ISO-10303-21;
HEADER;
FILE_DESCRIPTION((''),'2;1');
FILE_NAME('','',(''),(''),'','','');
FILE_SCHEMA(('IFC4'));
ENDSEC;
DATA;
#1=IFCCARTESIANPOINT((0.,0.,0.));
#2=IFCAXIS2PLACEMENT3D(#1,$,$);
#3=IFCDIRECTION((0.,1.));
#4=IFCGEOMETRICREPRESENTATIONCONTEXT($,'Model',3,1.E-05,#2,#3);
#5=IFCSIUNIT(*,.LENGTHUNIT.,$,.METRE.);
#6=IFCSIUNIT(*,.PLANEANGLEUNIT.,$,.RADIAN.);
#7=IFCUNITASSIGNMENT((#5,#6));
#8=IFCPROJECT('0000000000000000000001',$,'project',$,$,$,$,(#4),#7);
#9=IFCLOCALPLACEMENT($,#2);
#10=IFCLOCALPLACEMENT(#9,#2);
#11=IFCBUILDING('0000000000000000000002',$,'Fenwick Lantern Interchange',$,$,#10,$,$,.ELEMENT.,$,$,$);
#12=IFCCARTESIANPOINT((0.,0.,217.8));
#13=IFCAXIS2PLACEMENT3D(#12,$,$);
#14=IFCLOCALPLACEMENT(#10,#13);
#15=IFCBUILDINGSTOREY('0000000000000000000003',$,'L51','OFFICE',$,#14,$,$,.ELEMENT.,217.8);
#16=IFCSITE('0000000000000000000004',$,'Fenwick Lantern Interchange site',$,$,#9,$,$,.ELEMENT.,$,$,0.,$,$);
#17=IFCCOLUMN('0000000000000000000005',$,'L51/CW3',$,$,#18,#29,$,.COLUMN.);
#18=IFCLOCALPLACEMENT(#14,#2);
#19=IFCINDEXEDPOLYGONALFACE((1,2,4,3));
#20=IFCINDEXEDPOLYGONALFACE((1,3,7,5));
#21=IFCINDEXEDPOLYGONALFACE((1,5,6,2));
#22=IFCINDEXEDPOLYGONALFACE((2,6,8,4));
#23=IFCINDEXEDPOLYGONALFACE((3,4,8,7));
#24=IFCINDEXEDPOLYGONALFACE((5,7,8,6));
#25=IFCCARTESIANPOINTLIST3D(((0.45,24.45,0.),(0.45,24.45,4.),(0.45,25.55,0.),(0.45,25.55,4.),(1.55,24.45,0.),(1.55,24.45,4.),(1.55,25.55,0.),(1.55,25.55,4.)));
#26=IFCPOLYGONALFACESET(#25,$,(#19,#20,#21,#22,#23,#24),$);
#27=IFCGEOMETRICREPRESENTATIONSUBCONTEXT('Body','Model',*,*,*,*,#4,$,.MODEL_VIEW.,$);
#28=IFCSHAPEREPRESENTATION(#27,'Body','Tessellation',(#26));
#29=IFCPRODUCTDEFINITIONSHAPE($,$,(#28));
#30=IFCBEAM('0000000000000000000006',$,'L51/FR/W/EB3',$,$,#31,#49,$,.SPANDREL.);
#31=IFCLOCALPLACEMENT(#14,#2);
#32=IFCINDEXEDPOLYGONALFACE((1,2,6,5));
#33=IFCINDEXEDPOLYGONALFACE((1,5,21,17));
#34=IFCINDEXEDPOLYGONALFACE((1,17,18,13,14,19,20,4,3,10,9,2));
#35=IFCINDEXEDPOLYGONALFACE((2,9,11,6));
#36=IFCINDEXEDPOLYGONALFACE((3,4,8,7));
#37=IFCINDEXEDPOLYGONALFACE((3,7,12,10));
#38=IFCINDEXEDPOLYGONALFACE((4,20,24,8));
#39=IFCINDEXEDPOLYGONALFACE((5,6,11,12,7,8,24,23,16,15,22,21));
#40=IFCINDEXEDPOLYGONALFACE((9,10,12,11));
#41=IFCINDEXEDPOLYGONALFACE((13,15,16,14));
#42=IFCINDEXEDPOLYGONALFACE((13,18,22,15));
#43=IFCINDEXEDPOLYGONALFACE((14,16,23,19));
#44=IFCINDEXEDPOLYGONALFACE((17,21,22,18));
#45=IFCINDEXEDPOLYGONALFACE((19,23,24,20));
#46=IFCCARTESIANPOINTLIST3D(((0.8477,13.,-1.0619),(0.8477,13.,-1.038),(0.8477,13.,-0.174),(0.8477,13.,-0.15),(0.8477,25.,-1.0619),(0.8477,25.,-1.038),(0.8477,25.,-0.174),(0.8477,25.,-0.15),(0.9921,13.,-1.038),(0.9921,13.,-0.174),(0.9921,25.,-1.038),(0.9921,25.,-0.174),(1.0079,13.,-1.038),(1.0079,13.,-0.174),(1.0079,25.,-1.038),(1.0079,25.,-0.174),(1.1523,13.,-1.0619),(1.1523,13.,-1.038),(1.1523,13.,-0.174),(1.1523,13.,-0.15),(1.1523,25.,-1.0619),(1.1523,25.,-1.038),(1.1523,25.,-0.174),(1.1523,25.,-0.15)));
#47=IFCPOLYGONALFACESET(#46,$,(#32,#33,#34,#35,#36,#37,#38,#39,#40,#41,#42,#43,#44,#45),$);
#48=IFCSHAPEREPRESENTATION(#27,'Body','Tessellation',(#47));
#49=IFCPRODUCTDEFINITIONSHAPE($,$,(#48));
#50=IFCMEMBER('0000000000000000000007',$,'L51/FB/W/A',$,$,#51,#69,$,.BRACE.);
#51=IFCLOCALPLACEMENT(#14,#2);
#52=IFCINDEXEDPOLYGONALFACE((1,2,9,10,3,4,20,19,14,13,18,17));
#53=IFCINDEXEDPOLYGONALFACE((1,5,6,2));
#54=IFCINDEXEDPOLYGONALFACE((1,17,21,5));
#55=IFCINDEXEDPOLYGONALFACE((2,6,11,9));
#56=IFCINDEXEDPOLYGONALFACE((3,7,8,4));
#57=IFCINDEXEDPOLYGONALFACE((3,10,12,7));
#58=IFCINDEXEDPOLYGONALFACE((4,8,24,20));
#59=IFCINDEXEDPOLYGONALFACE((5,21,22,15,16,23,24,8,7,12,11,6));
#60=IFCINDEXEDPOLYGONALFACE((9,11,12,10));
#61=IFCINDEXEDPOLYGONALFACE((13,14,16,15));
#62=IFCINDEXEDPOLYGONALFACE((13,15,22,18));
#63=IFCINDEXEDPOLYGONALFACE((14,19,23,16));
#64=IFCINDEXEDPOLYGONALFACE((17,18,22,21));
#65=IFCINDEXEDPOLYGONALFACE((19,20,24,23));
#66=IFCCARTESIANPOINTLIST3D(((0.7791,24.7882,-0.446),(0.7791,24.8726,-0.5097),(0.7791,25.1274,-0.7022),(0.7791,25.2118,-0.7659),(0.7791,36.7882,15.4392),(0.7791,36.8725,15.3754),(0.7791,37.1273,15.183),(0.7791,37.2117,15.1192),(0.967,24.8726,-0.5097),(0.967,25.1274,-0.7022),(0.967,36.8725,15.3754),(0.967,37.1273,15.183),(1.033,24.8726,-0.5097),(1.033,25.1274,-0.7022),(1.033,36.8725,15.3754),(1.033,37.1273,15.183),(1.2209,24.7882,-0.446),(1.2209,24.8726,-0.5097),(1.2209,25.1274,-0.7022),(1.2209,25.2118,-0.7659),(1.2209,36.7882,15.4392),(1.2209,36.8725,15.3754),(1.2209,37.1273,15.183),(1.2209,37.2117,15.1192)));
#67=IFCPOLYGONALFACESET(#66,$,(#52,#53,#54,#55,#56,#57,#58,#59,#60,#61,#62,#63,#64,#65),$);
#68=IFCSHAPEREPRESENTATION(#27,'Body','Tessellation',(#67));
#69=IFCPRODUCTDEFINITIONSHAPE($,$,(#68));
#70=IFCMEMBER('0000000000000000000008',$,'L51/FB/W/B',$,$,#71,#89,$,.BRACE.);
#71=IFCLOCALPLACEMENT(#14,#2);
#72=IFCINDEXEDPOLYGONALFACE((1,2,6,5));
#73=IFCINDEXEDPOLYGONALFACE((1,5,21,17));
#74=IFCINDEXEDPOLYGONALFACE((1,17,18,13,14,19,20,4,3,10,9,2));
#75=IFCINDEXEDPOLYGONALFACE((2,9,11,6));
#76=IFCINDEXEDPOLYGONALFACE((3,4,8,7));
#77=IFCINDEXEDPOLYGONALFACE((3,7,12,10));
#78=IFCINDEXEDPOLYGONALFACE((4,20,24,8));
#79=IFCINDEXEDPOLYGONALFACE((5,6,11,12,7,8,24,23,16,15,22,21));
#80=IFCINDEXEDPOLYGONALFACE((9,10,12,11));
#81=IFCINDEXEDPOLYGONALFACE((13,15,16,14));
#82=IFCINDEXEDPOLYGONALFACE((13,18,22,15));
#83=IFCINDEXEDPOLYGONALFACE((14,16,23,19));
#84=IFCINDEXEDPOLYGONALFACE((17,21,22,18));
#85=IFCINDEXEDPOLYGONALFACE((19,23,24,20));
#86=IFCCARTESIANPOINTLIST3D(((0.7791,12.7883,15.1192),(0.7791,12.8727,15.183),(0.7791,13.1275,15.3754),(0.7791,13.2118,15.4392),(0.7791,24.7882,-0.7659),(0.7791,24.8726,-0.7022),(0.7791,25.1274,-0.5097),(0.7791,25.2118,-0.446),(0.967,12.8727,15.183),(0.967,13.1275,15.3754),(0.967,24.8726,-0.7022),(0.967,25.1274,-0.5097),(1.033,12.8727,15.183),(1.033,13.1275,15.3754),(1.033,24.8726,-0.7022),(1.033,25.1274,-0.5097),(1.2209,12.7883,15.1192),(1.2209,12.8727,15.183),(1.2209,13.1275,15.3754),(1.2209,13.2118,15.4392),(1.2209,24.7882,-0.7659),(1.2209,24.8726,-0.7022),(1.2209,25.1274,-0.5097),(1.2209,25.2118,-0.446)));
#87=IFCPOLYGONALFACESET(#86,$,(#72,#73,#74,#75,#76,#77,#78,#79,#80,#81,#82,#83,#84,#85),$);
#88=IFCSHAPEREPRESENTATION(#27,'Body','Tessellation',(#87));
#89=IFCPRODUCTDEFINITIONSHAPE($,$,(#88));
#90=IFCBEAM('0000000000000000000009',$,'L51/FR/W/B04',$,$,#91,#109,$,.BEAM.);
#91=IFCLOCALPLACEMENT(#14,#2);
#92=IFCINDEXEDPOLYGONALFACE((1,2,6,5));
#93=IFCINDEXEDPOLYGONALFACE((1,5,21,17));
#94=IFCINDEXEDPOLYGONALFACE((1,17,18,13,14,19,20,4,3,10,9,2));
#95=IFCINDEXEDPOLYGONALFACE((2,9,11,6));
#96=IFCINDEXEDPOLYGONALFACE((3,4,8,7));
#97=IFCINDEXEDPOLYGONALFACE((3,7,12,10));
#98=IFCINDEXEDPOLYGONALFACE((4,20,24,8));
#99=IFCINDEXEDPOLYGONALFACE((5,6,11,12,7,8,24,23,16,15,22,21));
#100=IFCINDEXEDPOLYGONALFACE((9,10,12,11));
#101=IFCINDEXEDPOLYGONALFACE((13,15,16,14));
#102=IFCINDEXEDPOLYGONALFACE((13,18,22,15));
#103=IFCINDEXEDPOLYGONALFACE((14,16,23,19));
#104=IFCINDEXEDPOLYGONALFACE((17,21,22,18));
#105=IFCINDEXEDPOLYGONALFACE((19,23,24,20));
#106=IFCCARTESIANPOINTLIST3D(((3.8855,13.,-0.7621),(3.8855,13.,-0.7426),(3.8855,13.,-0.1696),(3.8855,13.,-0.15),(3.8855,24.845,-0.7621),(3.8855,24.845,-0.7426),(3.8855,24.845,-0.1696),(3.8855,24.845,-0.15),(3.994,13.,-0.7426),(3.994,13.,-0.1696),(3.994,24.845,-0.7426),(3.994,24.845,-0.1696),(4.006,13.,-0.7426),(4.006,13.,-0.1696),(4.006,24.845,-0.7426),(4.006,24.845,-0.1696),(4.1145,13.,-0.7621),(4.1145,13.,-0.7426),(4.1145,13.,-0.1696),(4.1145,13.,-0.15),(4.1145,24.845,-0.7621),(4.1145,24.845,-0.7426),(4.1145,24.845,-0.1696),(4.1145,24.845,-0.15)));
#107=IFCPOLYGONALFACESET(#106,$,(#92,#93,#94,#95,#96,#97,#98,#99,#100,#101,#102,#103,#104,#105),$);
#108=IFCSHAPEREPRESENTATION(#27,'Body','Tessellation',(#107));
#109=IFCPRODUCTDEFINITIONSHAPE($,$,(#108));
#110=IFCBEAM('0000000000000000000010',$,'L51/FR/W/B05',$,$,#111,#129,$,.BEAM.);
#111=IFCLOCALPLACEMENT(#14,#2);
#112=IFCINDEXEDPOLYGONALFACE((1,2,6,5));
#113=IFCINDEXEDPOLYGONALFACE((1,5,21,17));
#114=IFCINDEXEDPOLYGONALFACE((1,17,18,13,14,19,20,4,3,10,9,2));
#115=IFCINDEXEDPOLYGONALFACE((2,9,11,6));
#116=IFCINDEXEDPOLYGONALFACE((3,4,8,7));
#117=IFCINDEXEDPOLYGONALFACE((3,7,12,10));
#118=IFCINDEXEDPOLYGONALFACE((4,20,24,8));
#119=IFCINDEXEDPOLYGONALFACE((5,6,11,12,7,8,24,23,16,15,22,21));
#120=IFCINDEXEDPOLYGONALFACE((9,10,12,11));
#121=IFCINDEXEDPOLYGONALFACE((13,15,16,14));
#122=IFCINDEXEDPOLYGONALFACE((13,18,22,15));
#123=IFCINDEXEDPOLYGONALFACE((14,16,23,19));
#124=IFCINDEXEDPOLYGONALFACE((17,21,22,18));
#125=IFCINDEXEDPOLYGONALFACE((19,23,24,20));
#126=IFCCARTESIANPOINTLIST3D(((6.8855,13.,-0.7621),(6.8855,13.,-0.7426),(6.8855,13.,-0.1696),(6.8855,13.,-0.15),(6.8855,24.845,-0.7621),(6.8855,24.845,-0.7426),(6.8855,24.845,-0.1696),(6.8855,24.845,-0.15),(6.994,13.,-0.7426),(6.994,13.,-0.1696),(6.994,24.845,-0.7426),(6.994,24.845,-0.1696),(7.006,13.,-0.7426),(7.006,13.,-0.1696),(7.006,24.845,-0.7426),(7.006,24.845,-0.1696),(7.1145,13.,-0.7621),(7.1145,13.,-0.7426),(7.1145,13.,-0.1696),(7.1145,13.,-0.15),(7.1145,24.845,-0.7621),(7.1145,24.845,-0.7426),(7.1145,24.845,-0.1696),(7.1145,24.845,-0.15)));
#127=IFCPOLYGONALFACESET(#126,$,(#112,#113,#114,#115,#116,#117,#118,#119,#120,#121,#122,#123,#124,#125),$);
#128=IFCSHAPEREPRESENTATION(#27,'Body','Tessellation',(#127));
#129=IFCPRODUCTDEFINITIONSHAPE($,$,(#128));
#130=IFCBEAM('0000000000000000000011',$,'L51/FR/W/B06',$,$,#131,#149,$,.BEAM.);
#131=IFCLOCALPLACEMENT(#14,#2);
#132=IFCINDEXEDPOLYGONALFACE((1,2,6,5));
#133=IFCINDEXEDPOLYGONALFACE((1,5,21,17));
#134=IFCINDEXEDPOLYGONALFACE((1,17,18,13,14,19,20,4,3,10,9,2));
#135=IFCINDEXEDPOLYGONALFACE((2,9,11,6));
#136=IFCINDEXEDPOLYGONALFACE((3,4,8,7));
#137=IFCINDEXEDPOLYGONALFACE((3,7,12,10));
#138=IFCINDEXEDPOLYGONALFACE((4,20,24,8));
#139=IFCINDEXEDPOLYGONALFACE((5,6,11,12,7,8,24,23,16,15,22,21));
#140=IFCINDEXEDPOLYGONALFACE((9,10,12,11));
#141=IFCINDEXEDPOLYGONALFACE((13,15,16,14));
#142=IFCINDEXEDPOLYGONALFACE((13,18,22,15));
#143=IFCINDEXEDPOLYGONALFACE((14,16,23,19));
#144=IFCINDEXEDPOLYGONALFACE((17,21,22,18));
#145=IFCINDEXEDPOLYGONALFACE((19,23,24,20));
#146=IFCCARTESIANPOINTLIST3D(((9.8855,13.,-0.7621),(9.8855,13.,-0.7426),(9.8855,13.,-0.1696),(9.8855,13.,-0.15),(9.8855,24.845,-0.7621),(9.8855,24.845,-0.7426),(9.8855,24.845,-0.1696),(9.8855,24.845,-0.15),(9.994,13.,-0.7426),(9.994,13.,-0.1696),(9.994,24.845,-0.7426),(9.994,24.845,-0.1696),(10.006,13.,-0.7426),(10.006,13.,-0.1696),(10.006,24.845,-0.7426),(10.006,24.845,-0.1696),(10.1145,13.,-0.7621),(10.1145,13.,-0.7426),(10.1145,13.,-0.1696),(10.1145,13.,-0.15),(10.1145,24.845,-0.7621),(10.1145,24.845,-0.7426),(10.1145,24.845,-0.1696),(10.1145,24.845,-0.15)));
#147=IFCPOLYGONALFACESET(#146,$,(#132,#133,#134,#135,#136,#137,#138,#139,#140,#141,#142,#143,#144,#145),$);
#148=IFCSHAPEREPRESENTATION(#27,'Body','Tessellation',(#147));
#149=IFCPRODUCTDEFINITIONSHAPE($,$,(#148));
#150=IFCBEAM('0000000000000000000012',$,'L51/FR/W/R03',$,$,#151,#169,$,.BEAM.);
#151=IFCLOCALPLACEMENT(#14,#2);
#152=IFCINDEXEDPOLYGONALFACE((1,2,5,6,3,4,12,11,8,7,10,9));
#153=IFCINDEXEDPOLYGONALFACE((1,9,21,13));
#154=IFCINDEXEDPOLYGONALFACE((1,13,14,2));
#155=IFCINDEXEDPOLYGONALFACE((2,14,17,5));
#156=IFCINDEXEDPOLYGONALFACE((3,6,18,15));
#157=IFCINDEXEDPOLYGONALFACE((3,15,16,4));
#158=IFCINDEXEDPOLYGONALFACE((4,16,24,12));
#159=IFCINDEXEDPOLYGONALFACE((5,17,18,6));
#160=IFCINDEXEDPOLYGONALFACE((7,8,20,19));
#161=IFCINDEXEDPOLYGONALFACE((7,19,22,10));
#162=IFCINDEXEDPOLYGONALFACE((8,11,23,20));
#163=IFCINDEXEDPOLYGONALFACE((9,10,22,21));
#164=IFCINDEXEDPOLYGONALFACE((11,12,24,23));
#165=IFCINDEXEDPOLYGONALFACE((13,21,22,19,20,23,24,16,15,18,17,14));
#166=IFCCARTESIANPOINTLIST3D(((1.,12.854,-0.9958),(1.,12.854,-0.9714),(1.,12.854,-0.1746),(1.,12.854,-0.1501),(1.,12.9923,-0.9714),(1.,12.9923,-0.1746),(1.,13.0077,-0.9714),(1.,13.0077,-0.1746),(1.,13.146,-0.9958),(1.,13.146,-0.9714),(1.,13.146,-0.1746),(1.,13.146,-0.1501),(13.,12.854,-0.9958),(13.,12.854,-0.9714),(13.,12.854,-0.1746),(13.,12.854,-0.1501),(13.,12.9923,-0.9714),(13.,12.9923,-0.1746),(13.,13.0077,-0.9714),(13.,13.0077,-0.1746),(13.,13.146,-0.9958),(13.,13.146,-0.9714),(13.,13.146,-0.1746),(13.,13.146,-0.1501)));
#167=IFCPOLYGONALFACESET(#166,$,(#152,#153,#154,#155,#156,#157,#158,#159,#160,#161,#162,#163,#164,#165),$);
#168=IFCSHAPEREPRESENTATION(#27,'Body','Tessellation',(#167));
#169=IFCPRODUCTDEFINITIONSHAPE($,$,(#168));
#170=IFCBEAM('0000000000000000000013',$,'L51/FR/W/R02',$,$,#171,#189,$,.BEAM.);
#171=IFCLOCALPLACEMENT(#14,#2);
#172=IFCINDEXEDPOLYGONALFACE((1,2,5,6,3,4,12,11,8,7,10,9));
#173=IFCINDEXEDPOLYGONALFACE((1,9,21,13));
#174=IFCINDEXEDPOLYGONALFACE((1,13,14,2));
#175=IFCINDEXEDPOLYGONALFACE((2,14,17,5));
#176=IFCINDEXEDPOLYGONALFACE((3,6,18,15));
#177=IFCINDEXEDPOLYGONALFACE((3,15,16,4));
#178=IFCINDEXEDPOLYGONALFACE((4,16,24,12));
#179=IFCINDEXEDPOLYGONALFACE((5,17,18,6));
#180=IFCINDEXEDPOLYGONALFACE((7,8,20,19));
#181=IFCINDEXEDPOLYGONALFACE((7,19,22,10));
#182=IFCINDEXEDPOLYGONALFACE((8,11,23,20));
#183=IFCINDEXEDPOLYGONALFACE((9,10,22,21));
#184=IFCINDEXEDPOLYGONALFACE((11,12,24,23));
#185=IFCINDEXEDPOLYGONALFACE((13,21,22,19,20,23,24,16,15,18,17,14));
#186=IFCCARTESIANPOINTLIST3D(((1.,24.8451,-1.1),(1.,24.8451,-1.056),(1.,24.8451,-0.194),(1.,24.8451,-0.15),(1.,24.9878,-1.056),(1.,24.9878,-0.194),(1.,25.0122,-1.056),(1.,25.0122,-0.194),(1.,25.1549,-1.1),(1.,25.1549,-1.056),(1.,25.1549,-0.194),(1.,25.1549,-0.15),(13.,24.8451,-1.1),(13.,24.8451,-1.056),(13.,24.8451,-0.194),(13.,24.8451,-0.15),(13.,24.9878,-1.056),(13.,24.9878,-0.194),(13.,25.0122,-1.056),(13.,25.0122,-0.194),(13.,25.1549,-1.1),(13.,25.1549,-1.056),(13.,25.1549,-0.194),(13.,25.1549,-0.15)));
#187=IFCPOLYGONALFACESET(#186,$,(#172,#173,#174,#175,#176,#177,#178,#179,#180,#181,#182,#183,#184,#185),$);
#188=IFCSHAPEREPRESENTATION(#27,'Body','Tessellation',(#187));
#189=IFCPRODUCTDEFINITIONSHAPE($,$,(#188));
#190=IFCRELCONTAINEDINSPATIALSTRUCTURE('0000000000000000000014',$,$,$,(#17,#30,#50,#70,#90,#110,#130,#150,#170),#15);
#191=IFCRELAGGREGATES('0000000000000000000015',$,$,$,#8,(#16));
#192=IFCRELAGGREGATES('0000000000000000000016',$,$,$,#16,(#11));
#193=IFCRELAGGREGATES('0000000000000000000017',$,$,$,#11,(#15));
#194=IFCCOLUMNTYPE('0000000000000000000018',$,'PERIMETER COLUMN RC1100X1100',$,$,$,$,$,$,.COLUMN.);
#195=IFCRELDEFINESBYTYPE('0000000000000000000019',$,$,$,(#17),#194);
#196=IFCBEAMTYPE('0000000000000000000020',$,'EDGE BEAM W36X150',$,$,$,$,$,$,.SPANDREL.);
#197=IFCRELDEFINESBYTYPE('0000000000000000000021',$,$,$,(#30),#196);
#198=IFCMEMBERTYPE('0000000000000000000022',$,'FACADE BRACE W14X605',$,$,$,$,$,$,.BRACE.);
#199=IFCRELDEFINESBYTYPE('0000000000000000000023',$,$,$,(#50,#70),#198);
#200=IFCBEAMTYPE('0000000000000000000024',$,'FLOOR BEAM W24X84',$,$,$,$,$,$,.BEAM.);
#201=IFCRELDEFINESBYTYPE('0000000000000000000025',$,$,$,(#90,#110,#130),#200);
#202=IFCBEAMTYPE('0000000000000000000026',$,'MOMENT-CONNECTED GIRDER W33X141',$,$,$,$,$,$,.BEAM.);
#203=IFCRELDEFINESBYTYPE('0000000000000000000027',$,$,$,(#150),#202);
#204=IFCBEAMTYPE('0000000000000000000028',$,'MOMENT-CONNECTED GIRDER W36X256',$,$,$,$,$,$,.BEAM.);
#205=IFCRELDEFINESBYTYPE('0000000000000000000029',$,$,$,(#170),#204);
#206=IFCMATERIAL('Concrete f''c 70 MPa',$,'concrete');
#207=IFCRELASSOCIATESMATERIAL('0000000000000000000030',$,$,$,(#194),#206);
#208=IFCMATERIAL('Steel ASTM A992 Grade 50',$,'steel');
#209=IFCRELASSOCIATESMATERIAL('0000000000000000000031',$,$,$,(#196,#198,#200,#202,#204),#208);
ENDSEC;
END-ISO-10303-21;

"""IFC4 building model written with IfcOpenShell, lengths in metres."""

from ifc_helpers import new_model, si_unit, direction, frame, origin, origin_2d, place, context, subcontext, project, spatial, rectangle, i_section, extrude, material, material_profile, profile_set, type_object, element, save


model = new_model("IFC4")

# Units and contexts
model_context = context("Model", 3, precision=1e-05, world=origin(), true_north=direction((0.0, 1.0)))
body_context = subcontext(model_context, "Body", "Model", "MODEL_VIEW")
ifc_project = project(units=[si_unit("LENGTHUNIT", "METRE"), si_unit("PLANEANGLEUNIT", "RADIAN")], contexts=[model_context])

# Site, building, storey
site_placement = place(None, origin())
site = spatial("IfcSite", under=ifc_project, at=site_placement, Name="Fenwick Lantern Interchange site", CompositionType="ELEMENT", RefElevation=0.0)
building_placement = place(site_placement, origin())
building = spatial("IfcBuilding", under=site, at=building_placement, Name="Fenwick Lantern Interchange", CompositionType="ELEMENT")
storey_placement = place(building_placement, frame((0.0, 0.0, 217.8)))
storey = spatial("IfcBuildingStorey", under=building, at=storey_placement, Name="L51", Description="OFFICE", CompositionType="ELEMENT", Elevation=217.8)

# Column
ifc_material_1 = material(Name="Concrete f'c 70 MPa", Category="concrete")
ifc_material_profile_1 = material_profile(ifc_material_1, rectangle(XDim=1.1001, YDim=1.1001, at=origin_2d()), Name="RC1100X1100")
ifc_profile_set_1 = profile_set([ifc_material_profile_1], Name="Concrete f'c 70 MPa")
column_type = type_object("IfcColumnType", Name="PERIMETER COLUMN RC1100X1100", PredefinedType="COLUMN", material=ifc_profile_set_1)
column_placement = place(storey_placement, frame((1.0, 25.0, 0.0), z_axis=(0.0, 0.0, 1.0), x_axis=(1.0, 0.0, 0.0)))
element("IfcColumn", 1, at=column_placement, inside=storey, type_object=column_type, Name="L51/CW3", PredefinedType="COLUMN", context=body_context, shape_type="SweptSolid", body=[
    extrude(rectangle(XDim=1.1001, YDim=1.1001, at=origin_2d()), origin(), (0.0, 0.0, 1.0), 4.0),
])

# Beam
ifc_material_2 = material(Name="Steel ASTM A992 Grade 50", Category="steel")
ifc_material_profile_2 = material_profile(ifc_material_2, i_section(OverallWidth=0.3047, OverallDepth=0.9119, WebThickness=0.0159, FlangeThickness=0.0239, at=origin_2d()), Name="W36X150")
ifc_profile_set_2 = profile_set([ifc_material_profile_2], Name="Steel ASTM A992 Grade 50")
beam_type_1 = type_object("IfcBeamType", Name="EDGE BEAM W36X150", PredefinedType="SPANDREL", material=ifc_profile_set_2)
beam_1_placement = place(storey_placement, frame((1.0, 25.0, -0.606), z_axis=(0.0, -1.0, 0.0), x_axis=(1.0, 0.0, 0.0)))
element("IfcBeam", 2, at=beam_1_placement, inside=storey, type_object=beam_type_1, Name="L51/FR/W/EB3", PredefinedType="SPANDREL", context=body_context, shape_type="SweptSolid", body=[
    extrude(i_section(OverallWidth=0.3047, OverallDepth=0.9119, WebThickness=0.0159, FlangeThickness=0.0239, at=origin_2d()), origin(), (0.0, 0.0, 1.0), 12.0),
])

# Members
ifc_material_profile_3 = material_profile(ifc_material_2, i_section(OverallWidth=0.4419, OverallDepth=0.5308, WebThickness=0.0659, FlangeThickness=0.1057, at=origin_2d()), Name="W14X605")
ifc_profile_set_3 = profile_set([ifc_material_profile_3], Name="Steel ASTM A992 Grade 50")
member_type = type_object("IfcMemberType", Name="FACADE BRACE W14X605", PredefinedType="BRACE", material=ifc_profile_set_3)
for number, where, z_axis, x_axis, name in (
    (3, (1.0, 25.0, -0.606), (0.0, 0.602763, 0.79792), (-1.0, 0.0, 0.0), "L51/FB/W/A"),
    (4, (1.0, 25.0, -0.606), (0.0, -0.602763, 0.79792), (1.0, 0.0, 0.0), "L51/FB/W/B"),
):
    element("IfcMember", number, at=place(storey_placement, frame(where, z_axis=z_axis, x_axis=x_axis)), inside=storey, type_object=member_type, Name=name, PredefinedType="BRACE", context=body_context, shape_type="SweptSolid", body=[
        extrude(i_section(OverallWidth=0.4419, OverallDepth=0.5308, WebThickness=0.0659, FlangeThickness=0.1057, at=origin_2d()), origin(), (0.0, 0.0, 1.0), 19.9082),
    ])

# Beams
ifc_material_profile_4 = material_profile(ifc_material_2, i_section(OverallWidth=0.229, OverallDepth=0.6121, WebThickness=0.012, FlangeThickness=0.0195, at=origin_2d()), Name="W24X84")
ifc_profile_set_4 = profile_set([ifc_material_profile_4], Name="Steel ASTM A992 Grade 50")
beam_type_2 = type_object("IfcBeamType", Name="FLOOR BEAM W24X84", PredefinedType="BEAM", material=ifc_profile_set_4)
for number, where, z_axis, x_axis, name in (
    (5, (4.0, 24.845, -0.4561), (0.0, -1.0, 0.0), (1.0, 0.0, 0.0), "L51/FR/W/B04"),
    (6, (7.0, 24.845, -0.4561), (0.0, -1.0, 0.0), (1.0, 0.0, 0.0), "L51/FR/W/B05"),
    (7, (10.0, 24.845, -0.4561), (0.0, -1.0, 0.0), (1.0, 0.0, 0.0), "L51/FR/W/B06"),
):
    element("IfcBeam", number, at=place(storey_placement, frame(where, z_axis=z_axis, x_axis=x_axis)), inside=storey, type_object=beam_type_2, Name=name, PredefinedType="BEAM", context=body_context, shape_type="SweptSolid", body=[
        extrude(i_section(OverallWidth=0.229, OverallDepth=0.6121, WebThickness=0.012, FlangeThickness=0.0195, at=origin_2d()), origin(), (0.0, 0.0, 1.0), 11.845),
    ])
ifc_material_profile_5 = material_profile(ifc_material_2, i_section(OverallWidth=0.292, OverallDepth=0.8457, WebThickness=0.0154, FlangeThickness=0.0244, at=origin_2d()), Name="W33X141")
ifc_profile_set_5 = profile_set([ifc_material_profile_5], Name="Steel ASTM A992 Grade 50")
beam_type_3 = type_object("IfcBeamType", Name="MOMENT-CONNECTED GIRDER W33X141", PredefinedType="BEAM", material=ifc_profile_set_5)
beam_2_placement = place(storey_placement, frame((1.0, 13.0, -0.573), z_axis=(1.0, 0.0, 0.0), x_axis=(0.0, 1.0, 0.0)))
element("IfcBeam", 8, at=beam_2_placement, inside=storey, type_object=beam_type_3, Name="L51/FR/W/R03", PredefinedType="BEAM", context=body_context, shape_type="SweptSolid", body=[
    extrude(i_section(OverallWidth=0.292, OverallDepth=0.8457, WebThickness=0.0154, FlangeThickness=0.0244, at=origin_2d()), origin(), (0.0, 0.0, 1.0), 12.0),
])
ifc_material_profile_6 = material_profile(ifc_material_2, i_section(OverallWidth=0.3098, OverallDepth=0.95, WebThickness=0.0244, FlangeThickness=0.0439, at=origin_2d()), Name="W36X256")
ifc_profile_set_6 = profile_set([ifc_material_profile_6], Name="Steel ASTM A992 Grade 50")
beam_type_4 = type_object("IfcBeamType", Name="MOMENT-CONNECTED GIRDER W36X256", PredefinedType="BEAM", material=ifc_profile_set_6)
beam_3_placement = place(storey_placement, frame((1.0, 25.0, -0.625), z_axis=(1.0, 0.0, 0.0), x_axis=(0.0, 1.0, 0.0)))
element("IfcBeam", 9, at=beam_3_placement, inside=storey, type_object=beam_type_4, Name="L51/FR/W/R02", PredefinedType="BEAM", context=body_context, shape_type="SweptSolid", body=[
    extrude(i_section(OverallWidth=0.3098, OverallDepth=0.95, WebThickness=0.0244, FlangeThickness=0.0439, at=origin_2d()), origin(), (0.0, 0.0, 1.0), 12.0),
])

save(model, "model.ifc")
